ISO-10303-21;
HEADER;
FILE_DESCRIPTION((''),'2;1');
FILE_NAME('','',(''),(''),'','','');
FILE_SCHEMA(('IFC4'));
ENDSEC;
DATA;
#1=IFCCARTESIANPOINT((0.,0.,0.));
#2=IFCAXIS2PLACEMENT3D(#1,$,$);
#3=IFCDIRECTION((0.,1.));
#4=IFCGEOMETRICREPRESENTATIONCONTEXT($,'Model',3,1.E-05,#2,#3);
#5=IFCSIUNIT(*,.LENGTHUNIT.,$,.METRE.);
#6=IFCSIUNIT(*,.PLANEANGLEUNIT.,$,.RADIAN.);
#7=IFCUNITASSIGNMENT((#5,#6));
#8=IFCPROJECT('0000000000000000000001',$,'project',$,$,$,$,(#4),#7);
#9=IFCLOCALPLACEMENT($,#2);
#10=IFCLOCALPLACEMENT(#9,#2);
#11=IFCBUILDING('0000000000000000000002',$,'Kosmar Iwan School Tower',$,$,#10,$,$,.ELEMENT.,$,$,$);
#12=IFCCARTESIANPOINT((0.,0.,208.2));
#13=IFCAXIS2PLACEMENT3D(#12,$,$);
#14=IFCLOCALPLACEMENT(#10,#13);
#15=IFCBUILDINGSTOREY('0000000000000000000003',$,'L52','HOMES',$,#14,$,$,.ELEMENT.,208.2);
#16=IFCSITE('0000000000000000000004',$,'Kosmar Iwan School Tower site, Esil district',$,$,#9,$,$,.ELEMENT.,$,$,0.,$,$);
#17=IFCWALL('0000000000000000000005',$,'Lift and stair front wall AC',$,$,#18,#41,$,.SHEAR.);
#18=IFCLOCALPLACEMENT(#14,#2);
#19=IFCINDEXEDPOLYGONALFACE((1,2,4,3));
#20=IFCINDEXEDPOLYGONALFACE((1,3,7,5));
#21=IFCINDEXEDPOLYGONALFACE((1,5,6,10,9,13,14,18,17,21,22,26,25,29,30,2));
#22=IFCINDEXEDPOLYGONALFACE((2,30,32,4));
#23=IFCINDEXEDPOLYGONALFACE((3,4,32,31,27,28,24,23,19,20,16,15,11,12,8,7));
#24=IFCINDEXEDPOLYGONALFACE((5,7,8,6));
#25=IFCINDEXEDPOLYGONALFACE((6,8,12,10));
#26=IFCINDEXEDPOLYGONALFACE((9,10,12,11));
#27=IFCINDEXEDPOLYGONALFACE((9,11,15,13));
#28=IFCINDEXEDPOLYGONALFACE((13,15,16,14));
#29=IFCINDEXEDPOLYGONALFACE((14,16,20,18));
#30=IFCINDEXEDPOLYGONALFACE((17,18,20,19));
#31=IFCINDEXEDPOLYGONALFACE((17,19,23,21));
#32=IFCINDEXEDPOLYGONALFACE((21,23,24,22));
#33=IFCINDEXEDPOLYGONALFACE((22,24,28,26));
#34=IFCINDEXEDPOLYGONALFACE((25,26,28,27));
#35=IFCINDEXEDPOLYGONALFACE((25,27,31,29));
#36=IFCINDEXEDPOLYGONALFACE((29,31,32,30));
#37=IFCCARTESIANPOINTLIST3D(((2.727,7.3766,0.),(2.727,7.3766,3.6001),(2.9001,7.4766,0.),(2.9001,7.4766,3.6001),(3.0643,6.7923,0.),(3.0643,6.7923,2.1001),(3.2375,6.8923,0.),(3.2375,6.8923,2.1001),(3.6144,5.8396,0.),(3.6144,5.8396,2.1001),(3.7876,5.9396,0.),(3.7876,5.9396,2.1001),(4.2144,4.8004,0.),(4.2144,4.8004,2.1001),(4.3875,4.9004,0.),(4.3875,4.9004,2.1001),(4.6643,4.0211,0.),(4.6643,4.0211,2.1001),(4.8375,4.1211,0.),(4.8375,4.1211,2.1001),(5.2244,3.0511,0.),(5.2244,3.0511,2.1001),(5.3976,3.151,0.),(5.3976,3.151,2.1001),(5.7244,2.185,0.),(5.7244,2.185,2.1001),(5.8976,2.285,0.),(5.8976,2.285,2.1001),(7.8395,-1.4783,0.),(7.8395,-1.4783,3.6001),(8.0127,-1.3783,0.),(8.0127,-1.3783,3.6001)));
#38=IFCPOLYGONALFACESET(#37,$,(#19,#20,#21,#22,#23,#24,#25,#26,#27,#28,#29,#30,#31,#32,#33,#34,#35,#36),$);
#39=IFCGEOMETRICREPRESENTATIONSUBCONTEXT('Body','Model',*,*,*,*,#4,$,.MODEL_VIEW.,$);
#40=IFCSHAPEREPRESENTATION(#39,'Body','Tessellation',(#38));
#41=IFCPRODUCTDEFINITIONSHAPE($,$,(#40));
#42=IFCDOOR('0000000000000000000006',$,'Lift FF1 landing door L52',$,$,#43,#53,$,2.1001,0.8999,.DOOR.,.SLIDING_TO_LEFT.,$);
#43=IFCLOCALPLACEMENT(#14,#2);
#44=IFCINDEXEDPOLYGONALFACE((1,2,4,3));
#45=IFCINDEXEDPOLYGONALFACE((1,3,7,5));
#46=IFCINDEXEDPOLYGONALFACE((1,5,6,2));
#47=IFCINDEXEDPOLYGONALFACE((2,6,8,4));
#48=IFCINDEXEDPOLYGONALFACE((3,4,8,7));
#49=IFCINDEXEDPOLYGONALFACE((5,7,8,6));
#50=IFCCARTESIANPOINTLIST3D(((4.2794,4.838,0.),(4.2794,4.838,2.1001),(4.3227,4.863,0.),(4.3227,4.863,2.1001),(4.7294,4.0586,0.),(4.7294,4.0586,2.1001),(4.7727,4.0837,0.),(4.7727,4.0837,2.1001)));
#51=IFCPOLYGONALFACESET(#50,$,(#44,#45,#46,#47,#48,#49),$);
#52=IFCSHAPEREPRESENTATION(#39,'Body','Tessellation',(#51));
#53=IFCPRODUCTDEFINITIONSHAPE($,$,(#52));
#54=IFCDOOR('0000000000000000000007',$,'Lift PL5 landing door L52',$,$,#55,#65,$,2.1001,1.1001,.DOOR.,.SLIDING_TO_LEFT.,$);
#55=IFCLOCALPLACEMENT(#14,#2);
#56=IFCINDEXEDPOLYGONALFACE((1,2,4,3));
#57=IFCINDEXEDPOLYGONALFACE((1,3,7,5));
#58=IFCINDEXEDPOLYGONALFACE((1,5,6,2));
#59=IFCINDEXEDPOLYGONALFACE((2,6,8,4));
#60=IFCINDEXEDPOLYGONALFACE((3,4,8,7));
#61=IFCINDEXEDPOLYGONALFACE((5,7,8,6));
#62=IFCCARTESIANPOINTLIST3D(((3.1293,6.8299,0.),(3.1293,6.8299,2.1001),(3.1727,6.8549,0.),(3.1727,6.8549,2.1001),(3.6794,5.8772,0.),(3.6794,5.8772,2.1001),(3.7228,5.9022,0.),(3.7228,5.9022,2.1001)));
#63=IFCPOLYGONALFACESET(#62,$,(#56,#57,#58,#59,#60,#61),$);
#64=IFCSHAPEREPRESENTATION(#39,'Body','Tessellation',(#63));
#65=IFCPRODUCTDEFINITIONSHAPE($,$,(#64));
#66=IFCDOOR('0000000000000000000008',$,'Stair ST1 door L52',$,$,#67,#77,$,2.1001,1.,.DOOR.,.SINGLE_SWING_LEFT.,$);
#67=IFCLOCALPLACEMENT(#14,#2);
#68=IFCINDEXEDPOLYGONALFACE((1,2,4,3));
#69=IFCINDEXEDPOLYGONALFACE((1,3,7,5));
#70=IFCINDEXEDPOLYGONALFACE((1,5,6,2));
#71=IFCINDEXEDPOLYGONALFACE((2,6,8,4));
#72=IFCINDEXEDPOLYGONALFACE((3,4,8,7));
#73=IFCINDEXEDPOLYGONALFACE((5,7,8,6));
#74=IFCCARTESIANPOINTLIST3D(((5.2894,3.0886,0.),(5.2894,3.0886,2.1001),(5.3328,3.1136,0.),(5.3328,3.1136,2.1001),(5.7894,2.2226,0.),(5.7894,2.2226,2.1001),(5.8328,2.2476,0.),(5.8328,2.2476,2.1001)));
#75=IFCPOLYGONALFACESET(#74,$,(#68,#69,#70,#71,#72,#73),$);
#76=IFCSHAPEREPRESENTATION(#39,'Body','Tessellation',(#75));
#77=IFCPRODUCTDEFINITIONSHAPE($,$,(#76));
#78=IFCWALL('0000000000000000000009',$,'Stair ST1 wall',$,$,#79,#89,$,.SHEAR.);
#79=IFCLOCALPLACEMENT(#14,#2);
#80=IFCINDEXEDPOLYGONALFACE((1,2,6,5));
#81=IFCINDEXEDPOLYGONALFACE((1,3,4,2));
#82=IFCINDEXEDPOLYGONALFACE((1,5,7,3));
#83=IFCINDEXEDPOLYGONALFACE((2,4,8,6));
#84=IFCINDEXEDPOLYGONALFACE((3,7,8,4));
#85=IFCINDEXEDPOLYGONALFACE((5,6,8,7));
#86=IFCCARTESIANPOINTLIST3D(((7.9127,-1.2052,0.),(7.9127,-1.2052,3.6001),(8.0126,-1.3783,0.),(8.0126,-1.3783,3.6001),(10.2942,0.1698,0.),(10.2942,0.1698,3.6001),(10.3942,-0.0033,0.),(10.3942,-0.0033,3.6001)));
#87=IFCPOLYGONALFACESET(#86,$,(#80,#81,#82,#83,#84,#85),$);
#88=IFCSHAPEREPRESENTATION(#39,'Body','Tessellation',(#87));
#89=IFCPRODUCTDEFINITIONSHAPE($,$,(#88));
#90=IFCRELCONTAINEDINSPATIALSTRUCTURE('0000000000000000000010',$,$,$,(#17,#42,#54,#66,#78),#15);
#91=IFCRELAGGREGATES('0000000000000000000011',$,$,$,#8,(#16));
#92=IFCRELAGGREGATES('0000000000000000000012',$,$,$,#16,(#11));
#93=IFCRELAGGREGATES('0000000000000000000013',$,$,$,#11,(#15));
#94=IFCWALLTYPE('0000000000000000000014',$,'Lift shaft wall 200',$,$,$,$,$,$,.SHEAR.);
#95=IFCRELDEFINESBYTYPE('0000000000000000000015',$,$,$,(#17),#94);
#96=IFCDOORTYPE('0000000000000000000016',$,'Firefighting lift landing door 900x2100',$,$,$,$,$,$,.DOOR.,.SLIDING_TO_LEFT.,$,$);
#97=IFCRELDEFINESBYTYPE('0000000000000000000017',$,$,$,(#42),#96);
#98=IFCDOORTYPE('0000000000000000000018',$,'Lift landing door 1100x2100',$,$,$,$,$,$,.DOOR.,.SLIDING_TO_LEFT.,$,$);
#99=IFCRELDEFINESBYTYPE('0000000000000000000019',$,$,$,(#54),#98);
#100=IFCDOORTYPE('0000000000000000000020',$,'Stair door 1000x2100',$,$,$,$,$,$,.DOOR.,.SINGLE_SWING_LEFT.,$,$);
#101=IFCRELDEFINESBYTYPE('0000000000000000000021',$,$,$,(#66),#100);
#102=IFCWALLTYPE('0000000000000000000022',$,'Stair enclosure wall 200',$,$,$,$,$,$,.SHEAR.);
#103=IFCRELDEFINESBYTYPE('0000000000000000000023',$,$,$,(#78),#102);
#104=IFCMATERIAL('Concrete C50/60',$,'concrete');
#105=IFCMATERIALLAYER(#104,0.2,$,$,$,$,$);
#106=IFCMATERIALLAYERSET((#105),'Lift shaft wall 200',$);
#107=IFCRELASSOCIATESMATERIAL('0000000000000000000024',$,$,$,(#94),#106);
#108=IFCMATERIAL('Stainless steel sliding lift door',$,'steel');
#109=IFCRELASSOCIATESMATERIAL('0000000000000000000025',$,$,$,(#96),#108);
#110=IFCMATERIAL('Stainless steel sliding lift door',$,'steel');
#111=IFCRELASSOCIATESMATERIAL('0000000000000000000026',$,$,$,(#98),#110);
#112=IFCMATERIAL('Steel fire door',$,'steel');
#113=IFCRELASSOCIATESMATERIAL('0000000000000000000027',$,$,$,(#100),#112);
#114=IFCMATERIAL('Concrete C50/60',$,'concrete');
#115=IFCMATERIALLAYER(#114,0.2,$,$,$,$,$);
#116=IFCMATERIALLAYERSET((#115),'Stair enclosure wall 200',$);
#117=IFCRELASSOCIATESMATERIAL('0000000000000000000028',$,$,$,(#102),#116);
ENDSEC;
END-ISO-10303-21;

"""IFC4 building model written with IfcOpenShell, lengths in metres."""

from ifc_helpers import new_model, si_unit, direction, frame, frame_2d, origin, place, context, subcontext, project, spatial, rectangle, extrude, material, layer, layer_set, type_object, element, fill, save


model = new_model("IFC4")

# Units and contexts
model_context = context("Model", 3, precision=1e-05, world=origin(), true_north=direction((0.0, 1.0)))
body_context = subcontext(model_context, "Body", "Model", "MODEL_VIEW")
ifc_project = project(units=[si_unit("LENGTHUNIT", "METRE"), si_unit("PLANEANGLEUNIT", "RADIAN")], contexts=[model_context])

# Site, building, storey
site_placement = place(None, origin())
site = spatial("IfcSite", under=ifc_project, at=site_placement, Name="Kosmar Iwan School Tower site, Esil district", CompositionType="ELEMENT", RefElevation=0.0)
building_placement = place(site_placement, origin())
building = spatial("IfcBuilding", under=site, at=building_placement, Name="Kosmar Iwan School Tower", CompositionType="ELEMENT")
storey_placement = place(building_placement, frame((0.0, 0.0, 208.2)))
storey = spatial("IfcBuildingStorey", under=building, at=storey_placement, Name="L52", Description="HOMES", CompositionType="ELEMENT", Elevation=208.2)

# Wall, openings, doors
ifc_material_1 = material(Name="Concrete C50/60", Category="concrete")
ifc_layer_1 = layer(ifc_material_1, 0.2)
ifc_layer_set_1 = layer_set([ifc_layer_1], Name="Lift shaft wall 200")
wall_type_1 = type_object("IfcWallType", Name="Lift shaft wall 200", PredefinedType="SHEAR", material=ifc_layer_set_1)
wall_1_placement = place(storey_placement, frame((7.926, -1.4282, 0.0), z_axis=(0.0, 0.0, 1.0), x_axis=(-0.500009, 0.86602, 0.0)))
wall_1 = element("IfcWall", 1, at=wall_1_placement, inside=storey, type_object=wall_type_1, Name="Lift and stair front wall AC", PredefinedType="SHEAR", context=body_context, shape_type="SweptSolid", body=[
    extrude(rectangle(XDim=10.2249, YDim=0.2, at=frame_2d((5.1123, 0.0))), origin(), (0.0, 0.0, 1.0), 3.6001),
])
opening_1_placement = place(wall_1_placement, frame((6.3501, 0.0, 0.0)))
opening_1 = element("IfcOpeningElement", 2, at=opening_1_placement, cuts=wall_1, PredefinedType="OPENING", context=body_context, shape_type="SweptSolid", body=[
    extrude(rectangle(XDim=0.8999, YDim=2.1001, at=frame_2d((0.45, 1.05))), frame((0.0, 0.1121, 0.0), z_axis=(0.0, -1.0, 0.0), x_axis=(1.0, 0.0, 0.0)), (0.0, 0.0, 1.0), 0.2239),
])
opening_2_placement = place(wall_1_placement, frame((8.45, 0.0, 0.0)))
opening_2 = element("IfcOpeningElement", 3, at=opening_2_placement, cuts=wall_1, PredefinedType="OPENING", context=body_context, shape_type="SweptSolid", body=[
    extrude(rectangle(XDim=1.1001, YDim=2.1001, at=frame_2d((0.55, 1.05))), frame((0.0, 0.1121, 0.0), z_axis=(0.0, -1.0, 0.0), x_axis=(1.0, 0.0, 0.0)), (0.0, 0.0, 1.0), 0.2239),
])
opening_3_placement = place(wall_1_placement, frame((4.23, 0.0, 0.0)))
opening_3 = element("IfcOpeningElement", 4, at=opening_3_placement, cuts=wall_1, PredefinedType="OPENING", context=body_context, shape_type="SweptSolid", body=[
    extrude(rectangle(XDim=1.0, YDim=2.1001, at=frame_2d((0.5, 1.05))), frame((0.0, 0.1121, 0.0), z_axis=(0.0, -1.0, 0.0), x_axis=(1.0, 0.0, 0.0)), (0.0, 0.0, 1.0), 0.2239),
])
ifc_material_2 = material(Name="Stainless steel sliding lift door", Category="steel")
door_type_1 = type_object("IfcDoorType", Name="Firefighting lift landing door 900x2100", OperationType="SLIDING_TO_LEFT", PredefinedType="DOOR", material=ifc_material_2)
door_1_placement = place(opening_1_placement, origin())
door_1 = element("IfcDoor", 5, at=door_1_placement, inside=storey, type_object=door_type_1, Name="Lift FF1 landing door L52", OperationType="SLIDING_TO_LEFT", OverallHeight=2.1001, OverallWidth=0.8999, PredefinedType="DOOR", context=body_context, shape_type="SweptSolid", body=[
    extrude(rectangle(XDim=0.8999, YDim=2.1001, at=frame_2d((0.45, 1.05))), frame((0.0, 0.0249, 0.0), z_axis=(0.0, -1.0, 0.0), x_axis=(1.0, 0.0, 0.0)), (0.0, 0.0, 1.0), 0.05),
])
fill(opening_1, door_1)
ifc_material_3 = material(Name="Stainless steel sliding lift door", Category="steel")
door_type_2 = type_object("IfcDoorType", Name="Lift landing door 1100x2100", OperationType="SLIDING_TO_LEFT", PredefinedType="DOOR", material=ifc_material_3)
door_2_placement = place(opening_2_placement, origin())
door_2 = element("IfcDoor", 6, at=door_2_placement, inside=storey, type_object=door_type_2, Name="Lift PL5 landing door L52", OperationType="SLIDING_TO_LEFT", OverallHeight=2.1001, OverallWidth=1.1001, PredefinedType="DOOR", context=body_context, shape_type="SweptSolid", body=[
    extrude(rectangle(XDim=1.1001, YDim=2.1001, at=frame_2d((0.55, 1.05))), frame((0.0, 0.0249, 0.0), z_axis=(0.0, -1.0, 0.0), x_axis=(1.0, 0.0, 0.0)), (0.0, 0.0, 1.0), 0.05),
])
fill(opening_2, door_2)
ifc_material_4 = material(Name="Steel fire door", Category="steel")
door_type_3 = type_object("IfcDoorType", Name="Stair door 1000x2100", OperationType="SINGLE_SWING_LEFT", PredefinedType="DOOR", material=ifc_material_4)
door_3_placement = place(opening_3_placement, origin())
door_3 = element("IfcDoor", 7, at=door_3_placement, inside=storey, type_object=door_type_3, Name="Stair ST1 door L52", OperationType="SINGLE_SWING_LEFT", OverallHeight=2.1001, OverallWidth=1.0, PredefinedType="DOOR", context=body_context, shape_type="SweptSolid", body=[
    extrude(rectangle(XDim=1.0, YDim=2.1001, at=frame_2d((0.5, 1.05))), frame((0.0, 0.0249, 0.0), z_axis=(0.0, -1.0, 0.0), x_axis=(1.0, 0.0, 0.0)), (0.0, 0.0, 1.0), 0.05),
])
fill(opening_3, door_3)

# Wall
ifc_material_5 = material(Name="Concrete C50/60", Category="concrete")
ifc_layer_2 = layer(ifc_material_5, 0.2)
ifc_layer_set_2 = layer_set([ifc_layer_2], Name="Stair enclosure wall 200")
wall_type_2 = type_object("IfcWallType", Name="Stair enclosure wall 200", PredefinedType="SHEAR", material=ifc_layer_set_2)
wall_2_placement = place(storey_placement, frame((7.9626, -1.2917, 0.0), z_axis=(0.0, 0.0, 1.0), x_axis=(0.866027, 0.499997, 0.0)))
element("IfcWall", 8, at=wall_2_placement, inside=storey, type_object=wall_type_2, Name="Stair ST1 wall", PredefinedType="SHEAR", context=body_context, shape_type="SweptSolid", body=[
    extrude(rectangle(XDim=2.75, YDim=0.2, at=frame_2d((1.375, 0.0))), origin(), (0.0, 0.0, 1.0), 3.6001),
])

save(model, "model.ifc")
